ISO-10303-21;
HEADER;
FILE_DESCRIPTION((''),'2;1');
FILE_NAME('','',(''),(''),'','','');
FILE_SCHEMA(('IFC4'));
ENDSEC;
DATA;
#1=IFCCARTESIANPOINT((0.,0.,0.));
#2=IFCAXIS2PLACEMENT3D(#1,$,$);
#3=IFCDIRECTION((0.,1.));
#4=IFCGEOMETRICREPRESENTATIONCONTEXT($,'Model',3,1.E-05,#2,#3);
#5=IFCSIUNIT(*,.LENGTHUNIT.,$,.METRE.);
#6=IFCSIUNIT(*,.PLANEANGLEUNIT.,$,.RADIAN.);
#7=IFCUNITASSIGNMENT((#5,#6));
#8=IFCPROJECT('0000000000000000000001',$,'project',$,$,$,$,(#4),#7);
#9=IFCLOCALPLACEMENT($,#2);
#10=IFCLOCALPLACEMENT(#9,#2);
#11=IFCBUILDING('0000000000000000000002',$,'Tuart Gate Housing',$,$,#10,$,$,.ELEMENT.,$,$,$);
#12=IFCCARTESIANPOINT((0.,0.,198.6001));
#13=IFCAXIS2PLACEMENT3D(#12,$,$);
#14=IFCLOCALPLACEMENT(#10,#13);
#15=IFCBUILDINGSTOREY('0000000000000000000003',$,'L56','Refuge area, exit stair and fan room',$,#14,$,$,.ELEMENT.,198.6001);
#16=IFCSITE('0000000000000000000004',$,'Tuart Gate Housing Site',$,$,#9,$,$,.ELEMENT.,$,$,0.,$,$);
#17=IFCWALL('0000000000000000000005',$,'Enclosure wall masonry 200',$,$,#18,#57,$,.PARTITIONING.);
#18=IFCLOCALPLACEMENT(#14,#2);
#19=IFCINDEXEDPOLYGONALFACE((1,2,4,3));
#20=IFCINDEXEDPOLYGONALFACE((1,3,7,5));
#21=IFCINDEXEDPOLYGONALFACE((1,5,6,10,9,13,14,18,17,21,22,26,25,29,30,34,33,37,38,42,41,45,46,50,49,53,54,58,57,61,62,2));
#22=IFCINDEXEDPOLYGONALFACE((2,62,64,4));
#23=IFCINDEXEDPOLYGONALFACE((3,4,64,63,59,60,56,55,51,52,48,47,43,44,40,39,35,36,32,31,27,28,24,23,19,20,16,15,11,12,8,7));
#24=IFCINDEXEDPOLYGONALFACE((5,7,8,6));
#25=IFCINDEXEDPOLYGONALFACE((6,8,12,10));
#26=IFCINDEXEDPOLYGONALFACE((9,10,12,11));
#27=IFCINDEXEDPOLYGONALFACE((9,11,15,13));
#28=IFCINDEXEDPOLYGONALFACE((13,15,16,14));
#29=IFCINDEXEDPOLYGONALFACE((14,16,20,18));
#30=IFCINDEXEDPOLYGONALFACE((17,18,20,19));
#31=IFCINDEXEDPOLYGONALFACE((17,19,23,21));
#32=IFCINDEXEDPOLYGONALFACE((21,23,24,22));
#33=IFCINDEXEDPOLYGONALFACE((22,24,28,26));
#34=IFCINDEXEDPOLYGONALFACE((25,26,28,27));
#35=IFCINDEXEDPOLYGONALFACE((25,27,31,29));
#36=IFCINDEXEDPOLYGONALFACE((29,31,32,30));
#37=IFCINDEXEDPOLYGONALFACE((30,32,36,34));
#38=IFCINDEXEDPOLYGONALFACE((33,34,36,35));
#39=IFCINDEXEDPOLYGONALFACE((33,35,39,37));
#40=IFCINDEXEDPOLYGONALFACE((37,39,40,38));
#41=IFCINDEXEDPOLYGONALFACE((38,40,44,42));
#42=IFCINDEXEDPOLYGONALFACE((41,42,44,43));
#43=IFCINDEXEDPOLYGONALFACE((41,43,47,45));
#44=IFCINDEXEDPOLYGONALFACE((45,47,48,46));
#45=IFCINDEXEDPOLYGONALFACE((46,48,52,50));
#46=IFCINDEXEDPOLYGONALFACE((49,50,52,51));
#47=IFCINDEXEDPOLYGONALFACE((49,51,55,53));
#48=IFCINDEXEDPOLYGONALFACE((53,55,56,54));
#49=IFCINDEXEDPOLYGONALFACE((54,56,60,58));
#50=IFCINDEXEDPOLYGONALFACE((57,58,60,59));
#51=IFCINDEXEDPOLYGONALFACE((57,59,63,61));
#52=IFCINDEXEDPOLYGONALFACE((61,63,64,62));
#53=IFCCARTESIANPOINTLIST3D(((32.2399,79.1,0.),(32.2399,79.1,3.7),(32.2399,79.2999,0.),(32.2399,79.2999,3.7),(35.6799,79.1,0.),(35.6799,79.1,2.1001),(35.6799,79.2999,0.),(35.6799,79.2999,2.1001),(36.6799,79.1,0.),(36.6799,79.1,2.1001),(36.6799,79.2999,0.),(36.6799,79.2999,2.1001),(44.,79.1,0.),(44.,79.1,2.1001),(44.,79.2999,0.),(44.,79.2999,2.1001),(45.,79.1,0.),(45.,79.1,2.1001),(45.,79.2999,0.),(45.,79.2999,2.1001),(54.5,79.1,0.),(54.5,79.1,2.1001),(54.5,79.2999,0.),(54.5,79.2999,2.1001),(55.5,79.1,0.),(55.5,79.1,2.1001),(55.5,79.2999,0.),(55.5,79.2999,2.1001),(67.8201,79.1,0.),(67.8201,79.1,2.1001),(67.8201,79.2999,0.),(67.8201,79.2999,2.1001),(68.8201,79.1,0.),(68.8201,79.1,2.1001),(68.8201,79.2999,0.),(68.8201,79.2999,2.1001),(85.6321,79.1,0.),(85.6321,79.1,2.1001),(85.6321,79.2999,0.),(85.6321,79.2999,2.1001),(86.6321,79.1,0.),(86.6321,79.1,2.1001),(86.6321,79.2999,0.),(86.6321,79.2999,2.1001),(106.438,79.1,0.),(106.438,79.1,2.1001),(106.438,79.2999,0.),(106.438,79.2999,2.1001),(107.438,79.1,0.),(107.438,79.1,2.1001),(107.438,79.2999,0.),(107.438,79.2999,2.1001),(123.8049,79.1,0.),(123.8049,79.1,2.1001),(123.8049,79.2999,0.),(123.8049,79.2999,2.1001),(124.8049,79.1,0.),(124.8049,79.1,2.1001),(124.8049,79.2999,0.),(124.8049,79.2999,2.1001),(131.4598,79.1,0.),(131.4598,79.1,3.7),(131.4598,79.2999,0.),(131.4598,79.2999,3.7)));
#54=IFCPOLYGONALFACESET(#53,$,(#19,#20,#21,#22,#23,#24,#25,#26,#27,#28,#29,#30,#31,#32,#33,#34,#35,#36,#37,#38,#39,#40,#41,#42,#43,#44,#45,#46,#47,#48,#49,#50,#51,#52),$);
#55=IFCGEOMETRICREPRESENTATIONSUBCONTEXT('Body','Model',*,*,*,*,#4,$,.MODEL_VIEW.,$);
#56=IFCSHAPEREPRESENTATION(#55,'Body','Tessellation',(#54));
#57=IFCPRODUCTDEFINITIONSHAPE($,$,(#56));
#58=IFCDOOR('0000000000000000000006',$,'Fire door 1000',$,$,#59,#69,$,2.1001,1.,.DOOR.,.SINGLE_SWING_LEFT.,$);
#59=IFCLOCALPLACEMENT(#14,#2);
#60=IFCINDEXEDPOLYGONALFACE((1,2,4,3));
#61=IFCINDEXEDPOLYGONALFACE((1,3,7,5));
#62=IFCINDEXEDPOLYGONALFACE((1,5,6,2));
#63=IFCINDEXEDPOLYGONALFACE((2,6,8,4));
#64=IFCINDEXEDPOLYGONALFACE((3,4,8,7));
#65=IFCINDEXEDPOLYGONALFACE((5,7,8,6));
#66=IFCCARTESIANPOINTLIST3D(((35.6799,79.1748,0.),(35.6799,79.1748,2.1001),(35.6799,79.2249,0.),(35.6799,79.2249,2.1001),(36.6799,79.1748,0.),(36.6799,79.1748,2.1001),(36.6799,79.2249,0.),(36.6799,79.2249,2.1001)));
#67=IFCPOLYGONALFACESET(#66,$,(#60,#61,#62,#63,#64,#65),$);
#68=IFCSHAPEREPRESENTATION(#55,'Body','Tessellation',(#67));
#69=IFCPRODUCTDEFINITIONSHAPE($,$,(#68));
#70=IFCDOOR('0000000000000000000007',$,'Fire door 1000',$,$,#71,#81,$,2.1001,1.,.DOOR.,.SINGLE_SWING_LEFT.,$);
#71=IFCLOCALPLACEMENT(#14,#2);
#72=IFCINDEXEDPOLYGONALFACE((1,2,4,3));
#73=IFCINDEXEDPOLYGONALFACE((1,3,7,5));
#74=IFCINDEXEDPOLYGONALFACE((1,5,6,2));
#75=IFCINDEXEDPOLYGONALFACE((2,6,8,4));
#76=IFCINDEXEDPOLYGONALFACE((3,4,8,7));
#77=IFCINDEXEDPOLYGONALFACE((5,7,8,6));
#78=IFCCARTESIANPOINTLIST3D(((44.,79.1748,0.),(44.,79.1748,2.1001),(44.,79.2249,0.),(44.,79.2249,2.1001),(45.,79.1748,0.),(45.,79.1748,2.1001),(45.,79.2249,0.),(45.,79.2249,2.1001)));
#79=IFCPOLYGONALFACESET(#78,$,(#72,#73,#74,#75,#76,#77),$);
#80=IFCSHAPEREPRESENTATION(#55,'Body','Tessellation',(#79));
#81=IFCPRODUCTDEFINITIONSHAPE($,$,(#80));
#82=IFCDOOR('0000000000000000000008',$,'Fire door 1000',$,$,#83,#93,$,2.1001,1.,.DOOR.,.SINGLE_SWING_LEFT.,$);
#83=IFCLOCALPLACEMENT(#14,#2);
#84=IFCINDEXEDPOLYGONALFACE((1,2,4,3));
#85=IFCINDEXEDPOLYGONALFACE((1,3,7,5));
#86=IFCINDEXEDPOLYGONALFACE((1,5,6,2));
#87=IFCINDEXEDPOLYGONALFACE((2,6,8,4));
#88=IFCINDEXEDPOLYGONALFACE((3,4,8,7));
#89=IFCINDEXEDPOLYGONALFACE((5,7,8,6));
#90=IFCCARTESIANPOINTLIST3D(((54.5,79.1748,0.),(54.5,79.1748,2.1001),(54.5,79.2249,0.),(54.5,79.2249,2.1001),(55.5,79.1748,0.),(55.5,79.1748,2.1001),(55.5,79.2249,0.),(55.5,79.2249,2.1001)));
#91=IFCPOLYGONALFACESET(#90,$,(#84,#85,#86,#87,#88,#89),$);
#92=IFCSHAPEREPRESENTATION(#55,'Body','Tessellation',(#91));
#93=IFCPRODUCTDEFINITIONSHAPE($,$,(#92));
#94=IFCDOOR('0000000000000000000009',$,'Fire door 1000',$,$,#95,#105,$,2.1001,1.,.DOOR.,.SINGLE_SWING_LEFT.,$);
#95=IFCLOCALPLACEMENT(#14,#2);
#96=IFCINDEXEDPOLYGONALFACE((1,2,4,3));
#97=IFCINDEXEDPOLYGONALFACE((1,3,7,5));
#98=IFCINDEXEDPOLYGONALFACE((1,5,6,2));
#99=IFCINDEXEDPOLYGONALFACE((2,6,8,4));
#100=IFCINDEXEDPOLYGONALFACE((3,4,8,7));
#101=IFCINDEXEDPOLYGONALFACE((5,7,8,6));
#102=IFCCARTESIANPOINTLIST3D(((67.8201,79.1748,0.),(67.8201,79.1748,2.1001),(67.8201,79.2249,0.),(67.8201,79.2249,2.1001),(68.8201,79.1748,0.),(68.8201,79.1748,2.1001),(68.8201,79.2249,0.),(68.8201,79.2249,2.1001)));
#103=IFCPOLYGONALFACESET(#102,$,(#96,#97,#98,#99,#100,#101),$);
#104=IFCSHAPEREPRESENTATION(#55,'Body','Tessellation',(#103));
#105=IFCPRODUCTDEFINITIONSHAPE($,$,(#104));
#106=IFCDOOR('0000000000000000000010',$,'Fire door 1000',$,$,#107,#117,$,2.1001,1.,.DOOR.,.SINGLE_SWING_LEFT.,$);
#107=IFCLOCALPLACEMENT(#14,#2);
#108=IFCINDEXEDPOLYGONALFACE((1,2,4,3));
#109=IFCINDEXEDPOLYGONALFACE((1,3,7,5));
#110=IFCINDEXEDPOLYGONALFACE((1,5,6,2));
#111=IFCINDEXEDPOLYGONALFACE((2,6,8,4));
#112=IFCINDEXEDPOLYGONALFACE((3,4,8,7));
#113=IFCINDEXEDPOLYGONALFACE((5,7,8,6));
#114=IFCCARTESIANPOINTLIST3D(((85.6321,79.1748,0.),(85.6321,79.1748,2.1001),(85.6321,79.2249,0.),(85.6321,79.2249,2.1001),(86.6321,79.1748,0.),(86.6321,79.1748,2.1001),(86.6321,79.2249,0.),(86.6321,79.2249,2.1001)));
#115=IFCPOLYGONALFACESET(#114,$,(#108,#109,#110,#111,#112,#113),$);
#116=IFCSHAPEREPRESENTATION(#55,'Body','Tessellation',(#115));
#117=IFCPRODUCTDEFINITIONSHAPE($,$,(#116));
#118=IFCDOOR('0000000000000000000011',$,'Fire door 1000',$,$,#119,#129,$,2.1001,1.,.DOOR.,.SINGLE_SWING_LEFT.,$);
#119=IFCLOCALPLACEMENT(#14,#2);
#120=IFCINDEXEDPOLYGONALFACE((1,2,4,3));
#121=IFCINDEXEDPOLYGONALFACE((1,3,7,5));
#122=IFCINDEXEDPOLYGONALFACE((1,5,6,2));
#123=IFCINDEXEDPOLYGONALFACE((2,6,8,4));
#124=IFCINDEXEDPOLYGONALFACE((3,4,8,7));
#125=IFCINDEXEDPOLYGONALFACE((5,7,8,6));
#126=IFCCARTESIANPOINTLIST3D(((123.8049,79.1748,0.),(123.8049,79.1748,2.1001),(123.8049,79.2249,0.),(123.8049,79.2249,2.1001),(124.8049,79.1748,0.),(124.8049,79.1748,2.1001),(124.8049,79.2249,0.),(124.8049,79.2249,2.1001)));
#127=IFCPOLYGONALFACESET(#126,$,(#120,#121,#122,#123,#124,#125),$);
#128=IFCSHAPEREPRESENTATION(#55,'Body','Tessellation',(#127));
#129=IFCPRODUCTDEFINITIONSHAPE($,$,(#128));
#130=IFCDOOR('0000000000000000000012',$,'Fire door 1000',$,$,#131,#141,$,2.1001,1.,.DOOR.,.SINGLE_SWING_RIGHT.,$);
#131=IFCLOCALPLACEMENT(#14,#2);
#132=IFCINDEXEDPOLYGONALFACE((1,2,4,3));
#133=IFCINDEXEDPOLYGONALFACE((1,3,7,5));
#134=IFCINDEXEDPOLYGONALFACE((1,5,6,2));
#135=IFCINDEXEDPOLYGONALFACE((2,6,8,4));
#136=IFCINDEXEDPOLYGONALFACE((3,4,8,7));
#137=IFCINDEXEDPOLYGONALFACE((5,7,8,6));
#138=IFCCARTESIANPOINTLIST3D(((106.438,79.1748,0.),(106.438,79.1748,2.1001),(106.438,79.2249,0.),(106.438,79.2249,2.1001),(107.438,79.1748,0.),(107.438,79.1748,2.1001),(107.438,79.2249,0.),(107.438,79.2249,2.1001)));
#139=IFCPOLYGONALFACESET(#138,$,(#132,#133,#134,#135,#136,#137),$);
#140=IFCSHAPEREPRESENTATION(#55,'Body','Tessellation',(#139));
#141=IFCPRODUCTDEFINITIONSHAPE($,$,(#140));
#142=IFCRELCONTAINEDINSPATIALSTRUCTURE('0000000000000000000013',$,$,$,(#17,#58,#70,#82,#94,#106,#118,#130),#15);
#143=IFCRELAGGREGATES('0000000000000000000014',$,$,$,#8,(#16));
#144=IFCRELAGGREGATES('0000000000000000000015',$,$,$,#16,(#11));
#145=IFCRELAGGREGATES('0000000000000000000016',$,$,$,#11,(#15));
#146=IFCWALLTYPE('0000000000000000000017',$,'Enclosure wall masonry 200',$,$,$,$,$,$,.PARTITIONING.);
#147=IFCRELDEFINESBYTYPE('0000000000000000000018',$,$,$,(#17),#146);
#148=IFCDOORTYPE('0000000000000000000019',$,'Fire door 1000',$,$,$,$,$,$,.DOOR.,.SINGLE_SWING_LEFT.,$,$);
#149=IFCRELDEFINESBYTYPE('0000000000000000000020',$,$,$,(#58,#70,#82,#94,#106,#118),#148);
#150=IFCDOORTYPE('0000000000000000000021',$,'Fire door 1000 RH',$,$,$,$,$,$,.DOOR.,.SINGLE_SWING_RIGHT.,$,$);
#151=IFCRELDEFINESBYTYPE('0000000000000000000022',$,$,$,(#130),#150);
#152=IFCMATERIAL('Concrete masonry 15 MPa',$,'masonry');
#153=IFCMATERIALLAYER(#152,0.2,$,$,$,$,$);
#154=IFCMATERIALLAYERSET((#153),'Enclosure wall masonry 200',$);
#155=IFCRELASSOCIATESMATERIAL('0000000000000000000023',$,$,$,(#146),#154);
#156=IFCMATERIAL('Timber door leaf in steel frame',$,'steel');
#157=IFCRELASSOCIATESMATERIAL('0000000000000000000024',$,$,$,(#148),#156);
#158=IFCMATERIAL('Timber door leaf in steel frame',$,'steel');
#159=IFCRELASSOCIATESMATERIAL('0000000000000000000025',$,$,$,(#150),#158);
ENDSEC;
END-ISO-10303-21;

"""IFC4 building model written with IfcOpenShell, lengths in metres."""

from ifc_helpers import new_model, si_unit, direction, frame, frame_2d, origin, place, context, subcontext, project, spatial, rectangle, extrude, material, layer, layer_set, type_object, element, fill, save


model = new_model("IFC4")

# Units and contexts
model_context = context("Model", 3, precision=1e-05, world=origin(), true_north=direction((0.0, 1.0)))
body_context = subcontext(model_context, "Body", "Model", "MODEL_VIEW")
ifc_project = project(units=[si_unit("LENGTHUNIT", "METRE"), si_unit("PLANEANGLEUNIT", "RADIAN")], contexts=[model_context])

# Site, building, storey
site_placement = place(None, origin())
site = spatial("IfcSite", under=ifc_project, at=site_placement, Name="Tuart Gate Housing Site", CompositionType="ELEMENT", RefElevation=0.0)
building_placement = place(site_placement, origin())
building = spatial("IfcBuilding", under=site, at=building_placement, Name="Tuart Gate Housing", CompositionType="ELEMENT")
storey_placement = place(building_placement, frame((0.0, 0.0, 198.6001)))
storey = spatial("IfcBuildingStorey", under=building, at=storey_placement, Name="L56", Description="Refuge area, exit stair and fan room", CompositionType="ELEMENT", Elevation=198.6001)

# Wall, openings, doors
ifc_material_1 = material(Name="Concrete masonry 15 MPa", Category="masonry")
ifc_layer_1 = layer(ifc_material_1, 0.2)
ifc_layer_set_1 = layer_set([ifc_layer_1], Name="Enclosure wall masonry 200")
wall_type_1 = type_object("IfcWallType", Name="Enclosure wall masonry 200", PredefinedType="PARTITIONING", material=ifc_layer_set_1)
wall_1_placement = place(storey_placement, frame((32.24, 79.2, 0.0), z_axis=(0.0, 0.0, 1.0), x_axis=(1.0, 0.0, 0.0)))
wall_1 = element("IfcWall", 1, at=wall_1_placement, inside=storey, type_object=wall_type_1, Name="Enclosure wall masonry 200", PredefinedType="PARTITIONING", context=body_context, shape_type="SweptSolid", body=[
    extrude(rectangle(XDim=99.22, YDim=0.2, at=frame_2d((49.6099, 0.0))), origin(), (0.0, 0.0, 1.0), 3.7),
])
opening_1_placement = place(wall_1_placement, frame((3.4399, 0.0, 0.0)))
opening_1 = element("IfcOpeningElement", 2, at=opening_1_placement, cuts=wall_1, PredefinedType="OPENING", context=body_context, shape_type="SweptSolid", body=[
    extrude(rectangle(XDim=1.0, YDim=2.1001, at=frame_2d((0.5, 1.05))), frame((0.0, 0.1099, 0.0), z_axis=(0.0, -1.0, 0.0), x_axis=(1.0, 0.0, 0.0)), (0.0, 0.0, 1.0), 0.22),
])
opening_2_placement = place(wall_1_placement, frame((11.76, 0.0, 0.0)))
opening_2 = element("IfcOpeningElement", 3, at=opening_2_placement, cuts=wall_1, PredefinedType="OPENING", context=body_context, shape_type="SweptSolid", body=[
    extrude(rectangle(XDim=1.0, YDim=2.1001, at=frame_2d((0.5, 1.05))), frame((0.0, 0.1099, 0.0), z_axis=(0.0, -1.0, 0.0), x_axis=(1.0, 0.0, 0.0)), (0.0, 0.0, 1.0), 0.22),
])
opening_3_placement = place(wall_1_placement, frame((22.26, 0.0, 0.0)))
opening_3 = element("IfcOpeningElement", 4, at=opening_3_placement, cuts=wall_1, PredefinedType="OPENING", context=body_context, shape_type="SweptSolid", body=[
    extrude(rectangle(XDim=1.0, YDim=2.1001, at=frame_2d((0.5, 1.05))), frame((0.0, 0.1099, 0.0), z_axis=(0.0, -1.0, 0.0), x_axis=(1.0, 0.0, 0.0)), (0.0, 0.0, 1.0), 0.22),
])
opening_4_placement = place(wall_1_placement, frame((35.5801, 0.0, 0.0)))
opening_4 = element("IfcOpeningElement", 5, at=opening_4_placement, cuts=wall_1, PredefinedType="OPENING", context=body_context, shape_type="SweptSolid", body=[
    extrude(rectangle(XDim=1.0, YDim=2.1001, at=frame_2d((0.5, 1.05))), frame((0.0, 0.1099, 0.0), z_axis=(0.0, -1.0, 0.0), x_axis=(1.0, 0.0, 0.0)), (0.0, 0.0, 1.0), 0.22),
])
opening_5_placement = place(wall_1_placement, frame((53.3921, 0.0, 0.0)))
opening_5 = element("IfcOpeningElement", 6, at=opening_5_placement, cuts=wall_1, PredefinedType="OPENING", context=body_context, shape_type="SweptSolid", body=[
    extrude(rectangle(XDim=1.0, YDim=2.1001, at=frame_2d((0.5, 1.05))), frame((0.0, 0.1099, 0.0), z_axis=(0.0, -1.0, 0.0), x_axis=(1.0, 0.0, 0.0)), (0.0, 0.0, 1.0), 0.22),
])
opening_6_placement = place(wall_1_placement, frame((74.198, 0.0, 0.0)))
opening_6 = element("IfcOpeningElement", 7, at=opening_6_placement, cuts=wall_1, PredefinedType="OPENING", context=body_context, shape_type="SweptSolid", body=[
    extrude(rectangle(XDim=1.0, YDim=2.1001, at=frame_2d((0.5, 1.05))), frame((0.0, 0.1099, 0.0), z_axis=(0.0, -1.0, 0.0), x_axis=(1.0, 0.0, 0.0)), (0.0, 0.0, 1.0), 0.22),
])
opening_7_placement = place(wall_1_placement, frame((91.5649, 0.0, 0.0)))
opening_7 = element("IfcOpeningElement", 8, at=opening_7_placement, cuts=wall_1, PredefinedType="OPENING", context=body_context, shape_type="SweptSolid", body=[
    extrude(rectangle(XDim=1.0, YDim=2.1001, at=frame_2d((0.5, 1.05))), frame((0.0, 0.1099, 0.0), z_axis=(0.0, -1.0, 0.0), x_axis=(1.0, 0.0, 0.0)), (0.0, 0.0, 1.0), 0.22),
])
ifc_material_2 = material(Name="Timber door leaf in steel frame", Category="steel")
door_type_1 = type_object("IfcDoorType", Name="Fire door 1000", OperationType="SINGLE_SWING_LEFT", PredefinedType="DOOR", material=ifc_material_2)
door_1_placement = place(opening_1_placement, origin())
door_1 = element("IfcDoor", 9, at=door_1_placement, inside=storey, type_object=door_type_1, Name="Fire door 1000", OperationType="SINGLE_SWING_LEFT", OverallHeight=2.1001, OverallWidth=1.0, PredefinedType="DOOR", context=body_context, shape_type="SweptSolid", body=[
    extrude(rectangle(XDim=1.0, YDim=2.1001, at=frame_2d((0.5, 1.05))), frame((0.0, 0.0249, 0.0), z_axis=(0.0, -1.0, 0.0), x_axis=(1.0, 0.0, 0.0)), (0.0, 0.0, 1.0), 0.05),
])
fill(opening_1, door_1)
door_2_placement = place(opening_2_placement, origin())
door_2 = element("IfcDoor", 10, at=door_2_placement, inside=storey, type_object=door_type_1, Name="Fire door 1000", OperationType="SINGLE_SWING_LEFT", OverallHeight=2.1001, OverallWidth=1.0, PredefinedType="DOOR", context=body_context, shape_type="SweptSolid", body=[
    extrude(rectangle(XDim=1.0, YDim=2.1001, at=frame_2d((0.5, 1.05))), frame((0.0, 0.0249, 0.0), z_axis=(0.0, -1.0, 0.0), x_axis=(1.0, 0.0, 0.0)), (0.0, 0.0, 1.0), 0.05),
])
fill(opening_2, door_2)
door_3_placement = place(opening_3_placement, origin())
door_3 = element("IfcDoor", 11, at=door_3_placement, inside=storey, type_object=door_type_1, Name="Fire door 1000", OperationType="SINGLE_SWING_LEFT", OverallHeight=2.1001, OverallWidth=1.0, PredefinedType="DOOR", context=body_context, shape_type="SweptSolid", body=[
    extrude(rectangle(XDim=1.0, YDim=2.1001, at=frame_2d((0.5, 1.05))), frame((0.0, 0.0249, 0.0), z_axis=(0.0, -1.0, 0.0), x_axis=(1.0, 0.0, 0.0)), (0.0, 0.0, 1.0), 0.05),
])
fill(opening_3, door_3)
door_4_placement = place(opening_4_placement, origin())
door_4 = element("IfcDoor", 12, at=door_4_placement, inside=storey, type_object=door_type_1, Name="Fire door 1000", OperationType="SINGLE_SWING_LEFT", OverallHeight=2.1001, OverallWidth=1.0, PredefinedType="DOOR", context=body_context, shape_type="SweptSolid", body=[
    extrude(rectangle(XDim=1.0, YDim=2.1001, at=frame_2d((0.5, 1.05))), frame((0.0, 0.0249, 0.0), z_axis=(0.0, -1.0, 0.0), x_axis=(1.0, 0.0, 0.0)), (0.0, 0.0, 1.0), 0.05),
])
fill(opening_4, door_4)
door_5_placement = place(opening_5_placement, origin())
door_5 = element("IfcDoor", 13, at=door_5_placement, inside=storey, type_object=door_type_1, Name="Fire door 1000", OperationType="SINGLE_SWING_LEFT", OverallHeight=2.1001, OverallWidth=1.0, PredefinedType="DOOR", context=body_context, shape_type="SweptSolid", body=[
    extrude(rectangle(XDim=1.0, YDim=2.1001, at=frame_2d((0.5, 1.05))), frame((0.0, 0.0249, 0.0), z_axis=(0.0, -1.0, 0.0), x_axis=(1.0, 0.0, 0.0)), (0.0, 0.0, 1.0), 0.05),
])
fill(opening_5, door_5)
door_6_placement = place(opening_7_placement, origin())
door_6 = element("IfcDoor", 14, at=door_6_placement, inside=storey, type_object=door_type_1, Name="Fire door 1000", OperationType="SINGLE_SWING_LEFT", OverallHeight=2.1001, OverallWidth=1.0, PredefinedType="DOOR", context=body_context, shape_type="SweptSolid", body=[
    extrude(rectangle(XDim=1.0, YDim=2.1001, at=frame_2d((0.5, 1.05))), frame((0.0, 0.0249, 0.0), z_axis=(0.0, -1.0, 0.0), x_axis=(1.0, 0.0, 0.0)), (0.0, 0.0, 1.0), 0.05),
])
fill(opening_7, door_6)
ifc_material_3 = material(Name="Timber door leaf in steel frame", Category="steel")
door_type_2 = type_object("IfcDoorType", Name="Fire door 1000 RH", OperationType="SINGLE_SWING_RIGHT", PredefinedType="DOOR", material=ifc_material_3)
door_7_placement = place(opening_6_placement, origin())
door_7 = element("IfcDoor", 15, at=door_7_placement, inside=storey, type_object=door_type_2, Name="Fire door 1000", OperationType="SINGLE_SWING_RIGHT", OverallHeight=2.1001, OverallWidth=1.0, PredefinedType="DOOR", context=body_context, shape_type="SweptSolid", body=[
    extrude(rectangle(XDim=1.0, YDim=2.1001, at=frame_2d((0.5, 1.05))), frame((0.0, 0.0249, 0.0), z_axis=(0.0, -1.0, 0.0), x_axis=(1.0, 0.0, 0.0)), (0.0, 0.0, 1.0), 0.05),
])
fill(opening_6, door_7)

save(model, "model.ifc")
